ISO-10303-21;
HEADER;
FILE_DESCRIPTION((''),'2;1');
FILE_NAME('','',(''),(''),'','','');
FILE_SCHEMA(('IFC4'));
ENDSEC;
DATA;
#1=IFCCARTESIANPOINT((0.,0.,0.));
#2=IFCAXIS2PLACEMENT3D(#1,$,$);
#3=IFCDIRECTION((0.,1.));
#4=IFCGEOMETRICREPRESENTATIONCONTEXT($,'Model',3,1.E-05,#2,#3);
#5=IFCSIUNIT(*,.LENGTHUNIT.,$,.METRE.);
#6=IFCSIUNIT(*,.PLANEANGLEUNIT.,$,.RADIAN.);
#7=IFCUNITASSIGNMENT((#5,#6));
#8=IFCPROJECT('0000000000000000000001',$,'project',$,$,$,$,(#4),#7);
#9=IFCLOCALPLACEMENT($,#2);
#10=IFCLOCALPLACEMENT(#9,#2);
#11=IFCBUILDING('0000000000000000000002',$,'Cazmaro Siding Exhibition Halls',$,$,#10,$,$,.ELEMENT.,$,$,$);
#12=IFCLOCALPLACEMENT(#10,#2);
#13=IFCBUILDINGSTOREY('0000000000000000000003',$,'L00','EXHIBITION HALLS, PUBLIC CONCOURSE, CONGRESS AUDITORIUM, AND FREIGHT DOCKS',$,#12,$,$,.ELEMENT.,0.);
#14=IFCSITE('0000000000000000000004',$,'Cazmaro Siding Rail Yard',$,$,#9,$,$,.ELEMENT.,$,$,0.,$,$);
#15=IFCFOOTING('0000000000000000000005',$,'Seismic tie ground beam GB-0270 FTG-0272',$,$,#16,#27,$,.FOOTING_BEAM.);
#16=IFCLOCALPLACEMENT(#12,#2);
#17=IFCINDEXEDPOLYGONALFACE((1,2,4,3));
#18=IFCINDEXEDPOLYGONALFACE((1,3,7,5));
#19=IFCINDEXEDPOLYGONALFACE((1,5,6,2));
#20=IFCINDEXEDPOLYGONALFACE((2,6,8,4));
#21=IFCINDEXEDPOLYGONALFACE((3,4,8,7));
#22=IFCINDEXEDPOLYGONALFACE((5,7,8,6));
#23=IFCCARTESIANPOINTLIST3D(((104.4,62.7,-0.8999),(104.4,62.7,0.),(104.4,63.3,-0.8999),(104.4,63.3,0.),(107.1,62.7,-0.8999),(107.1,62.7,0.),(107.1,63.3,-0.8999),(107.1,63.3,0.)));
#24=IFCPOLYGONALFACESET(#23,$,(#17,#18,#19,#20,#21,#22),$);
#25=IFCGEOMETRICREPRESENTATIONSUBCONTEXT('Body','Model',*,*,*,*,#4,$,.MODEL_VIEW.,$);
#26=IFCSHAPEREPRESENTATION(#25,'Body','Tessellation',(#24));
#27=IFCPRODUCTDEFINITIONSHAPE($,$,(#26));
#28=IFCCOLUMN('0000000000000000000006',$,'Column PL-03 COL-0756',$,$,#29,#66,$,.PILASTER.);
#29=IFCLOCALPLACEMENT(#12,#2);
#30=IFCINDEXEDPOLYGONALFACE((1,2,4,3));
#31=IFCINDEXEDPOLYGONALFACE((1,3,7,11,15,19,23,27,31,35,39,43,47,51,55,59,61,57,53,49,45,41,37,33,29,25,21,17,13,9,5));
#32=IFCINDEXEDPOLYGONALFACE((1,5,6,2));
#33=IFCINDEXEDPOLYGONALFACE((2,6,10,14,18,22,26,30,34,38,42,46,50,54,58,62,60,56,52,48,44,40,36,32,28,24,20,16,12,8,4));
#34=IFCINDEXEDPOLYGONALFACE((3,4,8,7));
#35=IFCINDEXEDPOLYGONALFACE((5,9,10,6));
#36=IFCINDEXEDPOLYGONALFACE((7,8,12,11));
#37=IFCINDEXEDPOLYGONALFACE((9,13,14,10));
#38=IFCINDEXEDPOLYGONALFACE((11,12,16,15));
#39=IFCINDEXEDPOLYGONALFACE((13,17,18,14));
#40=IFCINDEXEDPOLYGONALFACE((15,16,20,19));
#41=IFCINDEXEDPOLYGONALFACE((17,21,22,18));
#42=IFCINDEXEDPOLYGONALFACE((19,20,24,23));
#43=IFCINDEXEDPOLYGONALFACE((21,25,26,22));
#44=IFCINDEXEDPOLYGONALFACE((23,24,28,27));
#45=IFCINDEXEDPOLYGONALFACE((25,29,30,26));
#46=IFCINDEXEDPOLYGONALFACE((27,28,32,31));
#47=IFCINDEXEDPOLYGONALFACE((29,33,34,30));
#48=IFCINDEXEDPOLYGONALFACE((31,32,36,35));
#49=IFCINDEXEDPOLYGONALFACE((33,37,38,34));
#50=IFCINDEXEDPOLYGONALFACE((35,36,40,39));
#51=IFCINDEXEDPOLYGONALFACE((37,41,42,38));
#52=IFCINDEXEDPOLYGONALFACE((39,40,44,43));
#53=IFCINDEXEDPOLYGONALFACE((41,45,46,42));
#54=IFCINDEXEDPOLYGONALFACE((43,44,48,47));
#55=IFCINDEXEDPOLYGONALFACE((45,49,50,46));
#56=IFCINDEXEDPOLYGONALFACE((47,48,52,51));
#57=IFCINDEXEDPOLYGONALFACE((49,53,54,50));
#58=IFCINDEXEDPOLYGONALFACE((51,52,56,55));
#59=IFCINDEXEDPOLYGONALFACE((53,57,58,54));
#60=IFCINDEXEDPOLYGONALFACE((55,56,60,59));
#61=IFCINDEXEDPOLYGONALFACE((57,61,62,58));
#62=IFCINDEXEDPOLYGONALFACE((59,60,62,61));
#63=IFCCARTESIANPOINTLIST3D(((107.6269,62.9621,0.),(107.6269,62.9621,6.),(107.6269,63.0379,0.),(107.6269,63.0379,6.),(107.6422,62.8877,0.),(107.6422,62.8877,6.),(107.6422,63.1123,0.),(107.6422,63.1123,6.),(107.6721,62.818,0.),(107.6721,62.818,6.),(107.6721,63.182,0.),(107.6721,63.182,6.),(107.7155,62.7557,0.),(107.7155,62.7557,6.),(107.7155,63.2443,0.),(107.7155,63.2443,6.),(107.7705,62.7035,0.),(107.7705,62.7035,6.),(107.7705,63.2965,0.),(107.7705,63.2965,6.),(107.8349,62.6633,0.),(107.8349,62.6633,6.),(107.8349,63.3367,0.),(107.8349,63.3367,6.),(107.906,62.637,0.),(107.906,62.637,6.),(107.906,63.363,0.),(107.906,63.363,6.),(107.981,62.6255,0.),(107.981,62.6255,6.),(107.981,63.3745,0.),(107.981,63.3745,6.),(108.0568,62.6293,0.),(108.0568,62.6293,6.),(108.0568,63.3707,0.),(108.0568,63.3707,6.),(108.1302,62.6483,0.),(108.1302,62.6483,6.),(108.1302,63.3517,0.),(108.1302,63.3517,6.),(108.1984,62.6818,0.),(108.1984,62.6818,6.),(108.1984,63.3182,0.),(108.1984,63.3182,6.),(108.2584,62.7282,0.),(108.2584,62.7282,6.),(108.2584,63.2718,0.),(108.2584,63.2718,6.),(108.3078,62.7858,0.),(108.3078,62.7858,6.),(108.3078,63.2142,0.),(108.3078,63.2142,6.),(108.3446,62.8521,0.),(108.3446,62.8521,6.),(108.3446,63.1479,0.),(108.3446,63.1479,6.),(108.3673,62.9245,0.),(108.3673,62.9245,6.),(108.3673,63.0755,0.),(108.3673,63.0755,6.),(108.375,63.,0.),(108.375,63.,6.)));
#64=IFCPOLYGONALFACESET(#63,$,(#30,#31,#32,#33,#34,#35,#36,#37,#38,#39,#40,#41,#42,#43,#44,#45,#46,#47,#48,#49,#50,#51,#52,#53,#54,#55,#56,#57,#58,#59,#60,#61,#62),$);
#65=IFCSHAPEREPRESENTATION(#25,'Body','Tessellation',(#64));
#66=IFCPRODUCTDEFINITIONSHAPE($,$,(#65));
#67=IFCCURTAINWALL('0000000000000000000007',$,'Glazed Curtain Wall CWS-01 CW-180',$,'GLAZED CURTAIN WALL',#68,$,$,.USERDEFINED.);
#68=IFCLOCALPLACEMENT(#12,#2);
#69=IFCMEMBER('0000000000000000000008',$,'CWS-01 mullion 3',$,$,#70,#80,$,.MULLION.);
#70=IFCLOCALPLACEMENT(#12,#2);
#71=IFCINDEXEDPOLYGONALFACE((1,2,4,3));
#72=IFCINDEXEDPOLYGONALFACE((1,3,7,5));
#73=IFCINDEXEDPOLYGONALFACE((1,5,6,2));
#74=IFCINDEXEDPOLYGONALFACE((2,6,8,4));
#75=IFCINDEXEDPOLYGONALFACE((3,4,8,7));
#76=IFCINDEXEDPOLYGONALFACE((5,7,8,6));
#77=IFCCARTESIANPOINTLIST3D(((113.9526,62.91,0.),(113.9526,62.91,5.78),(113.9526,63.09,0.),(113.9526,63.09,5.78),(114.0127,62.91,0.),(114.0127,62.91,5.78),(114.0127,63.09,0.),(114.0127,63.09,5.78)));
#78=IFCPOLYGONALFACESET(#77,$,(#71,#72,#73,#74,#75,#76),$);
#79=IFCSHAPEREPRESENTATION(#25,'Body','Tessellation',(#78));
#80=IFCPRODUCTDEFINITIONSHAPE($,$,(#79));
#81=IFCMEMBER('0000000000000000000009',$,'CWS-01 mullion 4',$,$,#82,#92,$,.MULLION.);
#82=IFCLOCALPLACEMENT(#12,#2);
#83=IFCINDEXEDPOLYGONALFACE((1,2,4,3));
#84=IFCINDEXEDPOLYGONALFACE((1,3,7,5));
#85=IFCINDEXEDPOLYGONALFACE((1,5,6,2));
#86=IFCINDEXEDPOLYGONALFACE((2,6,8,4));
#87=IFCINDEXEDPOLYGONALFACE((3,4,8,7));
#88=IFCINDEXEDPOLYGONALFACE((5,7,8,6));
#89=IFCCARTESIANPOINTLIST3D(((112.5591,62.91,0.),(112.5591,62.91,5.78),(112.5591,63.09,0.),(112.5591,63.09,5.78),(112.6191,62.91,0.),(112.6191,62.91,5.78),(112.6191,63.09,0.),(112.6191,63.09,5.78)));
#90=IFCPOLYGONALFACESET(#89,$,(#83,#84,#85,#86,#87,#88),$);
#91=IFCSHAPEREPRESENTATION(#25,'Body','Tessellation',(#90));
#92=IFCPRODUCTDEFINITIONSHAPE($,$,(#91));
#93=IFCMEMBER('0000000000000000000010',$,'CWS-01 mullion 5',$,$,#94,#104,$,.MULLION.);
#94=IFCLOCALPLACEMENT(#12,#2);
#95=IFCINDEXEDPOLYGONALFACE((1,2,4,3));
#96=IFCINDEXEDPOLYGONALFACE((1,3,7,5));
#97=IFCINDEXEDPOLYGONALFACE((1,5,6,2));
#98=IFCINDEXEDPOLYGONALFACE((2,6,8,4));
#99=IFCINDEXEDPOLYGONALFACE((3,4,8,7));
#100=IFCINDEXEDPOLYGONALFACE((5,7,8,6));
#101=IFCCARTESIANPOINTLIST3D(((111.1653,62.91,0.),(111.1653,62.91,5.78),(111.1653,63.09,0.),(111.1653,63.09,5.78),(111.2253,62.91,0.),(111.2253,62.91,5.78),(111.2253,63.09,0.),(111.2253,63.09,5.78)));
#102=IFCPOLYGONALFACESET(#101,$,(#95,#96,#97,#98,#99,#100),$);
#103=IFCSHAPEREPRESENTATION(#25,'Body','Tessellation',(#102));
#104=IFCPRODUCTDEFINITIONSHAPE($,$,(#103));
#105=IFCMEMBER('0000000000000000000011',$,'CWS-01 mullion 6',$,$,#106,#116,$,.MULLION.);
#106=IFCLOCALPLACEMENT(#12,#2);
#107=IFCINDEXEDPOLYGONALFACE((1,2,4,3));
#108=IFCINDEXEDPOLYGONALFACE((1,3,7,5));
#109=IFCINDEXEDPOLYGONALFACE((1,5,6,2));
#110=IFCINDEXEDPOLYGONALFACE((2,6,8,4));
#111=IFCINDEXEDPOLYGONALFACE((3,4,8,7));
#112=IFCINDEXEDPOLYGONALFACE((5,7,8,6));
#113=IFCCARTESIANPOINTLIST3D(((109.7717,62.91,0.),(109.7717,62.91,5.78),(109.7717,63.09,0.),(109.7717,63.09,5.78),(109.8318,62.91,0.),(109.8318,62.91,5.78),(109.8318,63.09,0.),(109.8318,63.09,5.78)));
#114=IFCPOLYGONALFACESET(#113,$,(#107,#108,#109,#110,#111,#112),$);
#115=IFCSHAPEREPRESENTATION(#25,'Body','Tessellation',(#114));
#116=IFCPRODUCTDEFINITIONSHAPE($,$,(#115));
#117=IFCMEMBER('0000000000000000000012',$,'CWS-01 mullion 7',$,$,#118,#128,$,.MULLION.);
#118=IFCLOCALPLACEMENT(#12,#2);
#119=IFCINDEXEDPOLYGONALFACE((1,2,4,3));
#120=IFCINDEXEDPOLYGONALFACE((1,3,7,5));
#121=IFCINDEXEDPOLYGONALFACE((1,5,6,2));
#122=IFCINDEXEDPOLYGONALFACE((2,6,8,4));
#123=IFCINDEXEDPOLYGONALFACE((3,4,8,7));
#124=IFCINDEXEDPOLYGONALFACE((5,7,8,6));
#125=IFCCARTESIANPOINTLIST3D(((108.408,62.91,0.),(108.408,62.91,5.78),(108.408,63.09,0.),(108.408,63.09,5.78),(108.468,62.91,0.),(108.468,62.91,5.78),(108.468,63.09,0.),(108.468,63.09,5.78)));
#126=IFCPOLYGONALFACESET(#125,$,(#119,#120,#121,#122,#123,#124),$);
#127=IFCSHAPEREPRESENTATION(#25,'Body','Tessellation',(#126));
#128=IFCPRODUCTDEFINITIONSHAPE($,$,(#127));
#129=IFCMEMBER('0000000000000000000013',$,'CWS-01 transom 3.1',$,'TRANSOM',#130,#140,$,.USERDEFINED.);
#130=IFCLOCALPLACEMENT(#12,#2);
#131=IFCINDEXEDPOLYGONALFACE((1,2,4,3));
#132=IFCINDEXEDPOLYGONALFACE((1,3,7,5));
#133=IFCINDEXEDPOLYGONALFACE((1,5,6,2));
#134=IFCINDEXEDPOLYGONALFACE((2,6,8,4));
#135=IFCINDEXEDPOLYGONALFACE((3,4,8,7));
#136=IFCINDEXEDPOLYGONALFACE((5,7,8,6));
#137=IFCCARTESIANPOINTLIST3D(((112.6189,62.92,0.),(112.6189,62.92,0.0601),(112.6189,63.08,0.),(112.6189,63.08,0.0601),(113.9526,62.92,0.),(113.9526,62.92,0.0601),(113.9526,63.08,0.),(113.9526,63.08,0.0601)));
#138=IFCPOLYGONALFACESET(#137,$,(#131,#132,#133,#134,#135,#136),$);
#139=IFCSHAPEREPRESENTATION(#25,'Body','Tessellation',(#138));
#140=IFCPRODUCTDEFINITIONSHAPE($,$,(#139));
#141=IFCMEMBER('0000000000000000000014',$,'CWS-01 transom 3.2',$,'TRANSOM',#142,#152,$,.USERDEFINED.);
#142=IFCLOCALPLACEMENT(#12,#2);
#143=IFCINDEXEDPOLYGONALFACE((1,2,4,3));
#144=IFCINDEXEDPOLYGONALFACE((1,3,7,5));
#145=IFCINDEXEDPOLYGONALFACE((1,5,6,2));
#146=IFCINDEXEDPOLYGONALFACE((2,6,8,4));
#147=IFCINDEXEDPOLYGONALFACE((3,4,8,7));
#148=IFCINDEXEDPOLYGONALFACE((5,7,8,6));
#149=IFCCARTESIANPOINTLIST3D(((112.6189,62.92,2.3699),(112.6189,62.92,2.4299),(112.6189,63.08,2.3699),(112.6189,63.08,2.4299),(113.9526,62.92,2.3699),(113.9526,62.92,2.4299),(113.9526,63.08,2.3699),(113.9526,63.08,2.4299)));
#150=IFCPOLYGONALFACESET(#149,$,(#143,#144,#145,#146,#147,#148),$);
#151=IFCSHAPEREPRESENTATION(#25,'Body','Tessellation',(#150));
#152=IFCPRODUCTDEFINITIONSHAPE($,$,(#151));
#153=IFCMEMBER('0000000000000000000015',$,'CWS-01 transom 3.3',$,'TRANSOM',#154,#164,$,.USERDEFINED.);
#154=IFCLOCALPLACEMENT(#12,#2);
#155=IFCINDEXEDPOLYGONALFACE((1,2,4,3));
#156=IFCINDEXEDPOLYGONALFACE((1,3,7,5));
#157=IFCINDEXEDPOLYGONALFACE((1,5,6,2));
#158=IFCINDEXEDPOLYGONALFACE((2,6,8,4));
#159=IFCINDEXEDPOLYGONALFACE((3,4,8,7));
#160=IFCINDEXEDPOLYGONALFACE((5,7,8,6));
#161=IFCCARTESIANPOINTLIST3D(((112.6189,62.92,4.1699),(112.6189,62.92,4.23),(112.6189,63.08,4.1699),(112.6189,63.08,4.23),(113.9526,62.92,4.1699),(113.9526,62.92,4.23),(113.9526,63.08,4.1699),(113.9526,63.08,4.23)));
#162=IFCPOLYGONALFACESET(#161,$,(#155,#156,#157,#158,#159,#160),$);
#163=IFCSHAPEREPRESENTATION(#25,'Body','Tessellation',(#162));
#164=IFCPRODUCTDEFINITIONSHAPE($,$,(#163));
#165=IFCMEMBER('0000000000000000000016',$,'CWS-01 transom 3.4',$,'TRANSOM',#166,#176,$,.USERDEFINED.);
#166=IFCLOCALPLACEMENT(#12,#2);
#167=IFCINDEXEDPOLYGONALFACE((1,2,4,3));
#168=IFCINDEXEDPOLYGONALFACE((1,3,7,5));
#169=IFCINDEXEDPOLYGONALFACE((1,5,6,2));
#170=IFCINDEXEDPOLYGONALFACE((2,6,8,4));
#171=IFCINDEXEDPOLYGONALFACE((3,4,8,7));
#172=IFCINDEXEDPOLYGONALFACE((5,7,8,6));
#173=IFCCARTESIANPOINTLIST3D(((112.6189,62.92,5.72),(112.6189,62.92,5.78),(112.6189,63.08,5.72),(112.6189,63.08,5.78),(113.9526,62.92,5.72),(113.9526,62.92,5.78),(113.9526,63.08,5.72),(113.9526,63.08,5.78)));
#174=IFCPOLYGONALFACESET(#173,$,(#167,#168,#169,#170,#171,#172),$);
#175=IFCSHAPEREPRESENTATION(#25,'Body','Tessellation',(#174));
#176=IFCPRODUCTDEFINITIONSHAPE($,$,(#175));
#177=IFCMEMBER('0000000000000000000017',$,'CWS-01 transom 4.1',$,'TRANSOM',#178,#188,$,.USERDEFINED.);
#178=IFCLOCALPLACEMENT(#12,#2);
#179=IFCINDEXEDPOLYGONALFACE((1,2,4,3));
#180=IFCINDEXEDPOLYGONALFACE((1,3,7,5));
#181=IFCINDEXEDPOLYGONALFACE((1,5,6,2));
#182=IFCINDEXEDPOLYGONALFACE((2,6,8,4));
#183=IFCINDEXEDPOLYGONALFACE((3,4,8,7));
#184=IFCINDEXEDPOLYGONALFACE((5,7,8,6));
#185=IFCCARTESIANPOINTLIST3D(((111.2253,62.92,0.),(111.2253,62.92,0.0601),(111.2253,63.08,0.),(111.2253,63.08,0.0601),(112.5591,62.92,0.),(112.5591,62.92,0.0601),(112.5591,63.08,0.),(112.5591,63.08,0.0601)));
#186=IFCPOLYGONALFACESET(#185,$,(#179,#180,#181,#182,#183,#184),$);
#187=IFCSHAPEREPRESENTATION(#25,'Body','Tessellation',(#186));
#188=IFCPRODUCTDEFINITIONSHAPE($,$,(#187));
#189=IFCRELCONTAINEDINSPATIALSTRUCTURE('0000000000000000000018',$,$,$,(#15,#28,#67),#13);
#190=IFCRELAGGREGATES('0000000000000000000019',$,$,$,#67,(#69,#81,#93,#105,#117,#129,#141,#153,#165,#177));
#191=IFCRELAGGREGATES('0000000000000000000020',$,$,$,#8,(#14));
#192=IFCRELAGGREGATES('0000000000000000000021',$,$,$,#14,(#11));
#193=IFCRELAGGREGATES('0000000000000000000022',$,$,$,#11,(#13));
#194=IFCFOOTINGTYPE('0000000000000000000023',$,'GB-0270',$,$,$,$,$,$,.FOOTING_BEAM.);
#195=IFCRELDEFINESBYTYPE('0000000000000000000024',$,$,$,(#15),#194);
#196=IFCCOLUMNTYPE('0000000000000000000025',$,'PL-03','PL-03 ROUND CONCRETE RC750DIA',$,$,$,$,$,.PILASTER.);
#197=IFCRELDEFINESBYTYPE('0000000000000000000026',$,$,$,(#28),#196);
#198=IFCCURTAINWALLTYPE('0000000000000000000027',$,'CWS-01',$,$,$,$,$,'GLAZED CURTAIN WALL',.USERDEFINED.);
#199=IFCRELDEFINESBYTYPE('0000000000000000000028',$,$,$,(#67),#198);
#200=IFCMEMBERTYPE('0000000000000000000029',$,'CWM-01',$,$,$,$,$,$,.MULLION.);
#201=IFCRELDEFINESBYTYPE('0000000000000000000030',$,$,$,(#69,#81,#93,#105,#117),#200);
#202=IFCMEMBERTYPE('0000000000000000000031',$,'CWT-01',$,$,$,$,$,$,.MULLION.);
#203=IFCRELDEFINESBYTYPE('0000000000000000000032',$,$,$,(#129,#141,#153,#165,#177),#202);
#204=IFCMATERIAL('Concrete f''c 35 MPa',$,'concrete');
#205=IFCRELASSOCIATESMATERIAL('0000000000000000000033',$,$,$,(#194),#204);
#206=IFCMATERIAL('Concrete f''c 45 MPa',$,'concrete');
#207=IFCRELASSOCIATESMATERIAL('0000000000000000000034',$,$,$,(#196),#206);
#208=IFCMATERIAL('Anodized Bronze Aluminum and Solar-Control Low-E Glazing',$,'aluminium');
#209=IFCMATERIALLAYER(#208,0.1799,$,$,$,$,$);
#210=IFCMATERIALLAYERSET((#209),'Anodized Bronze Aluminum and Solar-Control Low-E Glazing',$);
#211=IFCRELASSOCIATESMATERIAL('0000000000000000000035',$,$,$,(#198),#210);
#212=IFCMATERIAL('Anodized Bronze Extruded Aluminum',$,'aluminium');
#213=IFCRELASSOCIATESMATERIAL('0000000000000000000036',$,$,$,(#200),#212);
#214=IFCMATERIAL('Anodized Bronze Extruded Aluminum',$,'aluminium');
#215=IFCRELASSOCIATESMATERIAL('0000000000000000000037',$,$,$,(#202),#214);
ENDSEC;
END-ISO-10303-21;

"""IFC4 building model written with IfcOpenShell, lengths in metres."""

from ifc_helpers import new_model, si_unit, direction, frame, origin, origin_2d, place, context, subcontext, project, spatial, rectangle, circle, extrude, material, layer, layer_set, material_profile, profile_set, type_object, element, aggregate, save


model = new_model("IFC4")

# Units and contexts
model_context = context("Model", 3, precision=1e-05, world=origin(), true_north=direction((0.0, 1.0)))
body_context = subcontext(model_context, "Body", "Model", "MODEL_VIEW")
ifc_project = project(units=[si_unit("LENGTHUNIT", "METRE"), si_unit("PLANEANGLEUNIT", "RADIAN")], contexts=[model_context])

# Site, building, storey
site_placement = place(None, origin())
site = spatial("IfcSite", under=ifc_project, at=site_placement, Name="Cazmaro Siding Rail Yard", CompositionType="ELEMENT", RefElevation=0.0)
building_placement = place(site_placement, origin())
building = spatial("IfcBuilding", under=site, at=building_placement, Name="Cazmaro Siding Exhibition Halls", CompositionType="ELEMENT")
storey_placement = place(building_placement, origin())
storey = spatial("IfcBuildingStorey", under=building, at=storey_placement, Name="L00", Description="EXHIBITION HALLS, PUBLIC CONCOURSE, CONGRESS AUDITORIUM, AND FREIGHT DOCKS", CompositionType="ELEMENT", Elevation=0.0)

# Footing
ifc_material_1 = material(Name="Concrete f'c 35 MPa", Category="concrete")
footing_type = type_object("IfcFootingType", Name="GB-0270", PredefinedType="FOOTING_BEAM", material=ifc_material_1)
footing_placement = place(storey_placement, frame((105.75, 63.0, -0.8999), z_axis=(0.0, 0.0, 1.0), x_axis=(1.0, 0.0, 0.0)))
element("IfcFooting", 1, at=footing_placement, inside=storey, type_object=footing_type, Name="Seismic tie ground beam GB-0270 FTG-0272", PredefinedType="FOOTING_BEAM", context=body_context, shape_type="SweptSolid", body=[
    extrude(rectangle(XDim=2.7, YDim=0.6001, at=origin_2d()), origin(), (0.0, 0.0, 1.0), 0.8999),
])

# Column
ifc_material_2 = material(Name="Concrete f'c 45 MPa", Category="concrete")
ifc_material_profile_1 = material_profile(ifc_material_2, circle(Radius=0.375, at=origin_2d()), Name="RC750DIA")
ifc_profile_set_1 = profile_set([ifc_material_profile_1], Name="Concrete f'c 45 MPa")
column_type = type_object("IfcColumnType", Name="PL-03", Description="PL-03 ROUND CONCRETE RC750DIA", PredefinedType="PILASTER", material=ifc_profile_set_1)
column_placement = place(storey_placement, frame((108.0, 63.0, 0.0), z_axis=(0.0, 0.0, 1.0), x_axis=(1.0, 0.0, 0.0)))
element("IfcColumn", 2, at=column_placement, inside=storey, type_object=column_type, Name="Column PL-03 COL-0756", PredefinedType="PILASTER", context=body_context, shape_type="SweptSolid", body=[
    extrude(circle(Radius=0.375, at=origin_2d()), origin(), (0.0, 0.0, 1.0), 6.0),
])

# Curtain wall, members
ifc_material_3 = material(Name="Anodized Bronze Aluminum and Solar-Control Low-E Glazing", Category="aluminium")
ifc_layer_1 = layer(ifc_material_3, 0.1799)
ifc_layer_set_1 = layer_set([ifc_layer_1], Name="Anodized Bronze Aluminum and Solar-Control Low-E Glazing")
curtain_wall_type = type_object("IfcCurtainWallType", Name="CWS-01", ElementType="GLAZED CURTAIN WALL", PredefinedType="USERDEFINED", material=ifc_layer_set_1)
curtain_wall_placement = place(storey_placement, origin())
curtain_wall = element("IfcCurtainWall", 3, at=curtain_wall_placement, inside=storey, type_object=curtain_wall_type, Name="Glazed Curtain Wall CWS-01 CW-180", ObjectType="GLAZED CURTAIN WALL", PredefinedType="USERDEFINED")
ifc_material_4 = material(Name="Anodized Bronze Extruded Aluminum", Category="aluminium")
ifc_material_profile_2 = material_profile(ifc_material_4, rectangle(XDim=0.1799, YDim=0.0601, at=origin_2d()), Name="CWM-01")
ifc_profile_set_2 = profile_set([ifc_material_profile_2], Name="Anodized Bronze Extruded Aluminum")
member_type_1 = type_object("IfcMemberType", Name="CWM-01", PredefinedType="MULLION", material=ifc_profile_set_2)
member_1_placement = place(storey_placement, frame((113.9827, 63.0, 0.0), z_axis=(0.0, 0.0, 1.0), x_axis=(0.0, -1.0, 0.0)))
member_1 = element("IfcMember", 4, at=member_1_placement, type_object=member_type_1, Name="CWS-01 mullion 3", PredefinedType="MULLION", context=body_context, shape_type="SweptSolid", body=[
    extrude(rectangle(XDim=0.1799, YDim=0.0601, at=origin_2d()), origin(), (0.0, 0.0, 1.0), 5.78),
])
member_2_placement = place(storey_placement, frame((112.5891, 63.0, 0.0), z_axis=(0.0, 0.0, 1.0), x_axis=(0.0, -1.0, 0.0)))
member_2 = element("IfcMember", 5, at=member_2_placement, type_object=member_type_1, Name="CWS-01 mullion 4", PredefinedType="MULLION", context=body_context, shape_type="SweptSolid", body=[
    extrude(rectangle(XDim=0.1799, YDim=0.0601, at=origin_2d()), origin(), (0.0, 0.0, 1.0), 5.78),
])
member_3_placement = place(storey_placement, frame((111.1953, 63.0, 0.0), z_axis=(0.0, 0.0, 1.0), x_axis=(0.0, -1.0, 0.0)))
member_3 = element("IfcMember", 6, at=member_3_placement, type_object=member_type_1, Name="CWS-01 mullion 5", PredefinedType="MULLION", context=body_context, shape_type="SweptSolid", body=[
    extrude(rectangle(XDim=0.1799, YDim=0.0601, at=origin_2d()), origin(), (0.0, 0.0, 1.0), 5.78),
])
member_4_placement = place(storey_placement, frame((109.8018, 63.0, 0.0), z_axis=(0.0, 0.0, 1.0), x_axis=(0.0, -1.0, 0.0)))
member_4 = element("IfcMember", 7, at=member_4_placement, type_object=member_type_1, Name="CWS-01 mullion 6", PredefinedType="MULLION", context=body_context, shape_type="SweptSolid", body=[
    extrude(rectangle(XDim=0.1799, YDim=0.0601, at=origin_2d()), origin(), (0.0, 0.0, 1.0), 5.78),
])
member_5_placement = place(storey_placement, frame((108.438, 63.0, 0.0), z_axis=(0.0, 0.0, 1.0), x_axis=(0.0, -1.0, 0.0)))
member_5 = element("IfcMember", 8, at=member_5_placement, type_object=member_type_1, Name="CWS-01 mullion 7", PredefinedType="MULLION", context=body_context, shape_type="SweptSolid", body=[
    extrude(rectangle(XDim=0.1799, YDim=0.0601, at=origin_2d()), origin(), (0.0, 0.0, 1.0), 5.78),
])
ifc_material_5 = material(Name="Anodized Bronze Extruded Aluminum", Category="aluminium")
ifc_material_profile_3 = material_profile(ifc_material_5, rectangle(XDim=0.1599, YDim=0.0601, at=origin_2d()), Name="CWT-01")
ifc_profile_set_3 = profile_set([ifc_material_profile_3], Name="Anodized Bronze Extruded Aluminum")
member_type_2 = type_object("IfcMemberType", Name="CWT-01", PredefinedType="MULLION", material=ifc_profile_set_3)
member_6_placement = place(storey_placement, frame((113.9526, 63.0, 0.03), z_axis=(-1.0, 0.0, 0.0), x_axis=(0.0, -1.0, 0.0)))
member_6 = element("IfcMember", 9, at=member_6_placement, type_object=member_type_2, Name="CWS-01 transom 3.1", ObjectType="TRANSOM", PredefinedType="USERDEFINED", context=body_context, shape_type="SweptSolid", body=[
    extrude(rectangle(XDim=0.1599, YDim=0.0601, at=origin_2d()), origin(), (0.0, 0.0, 1.0), 1.3337),
])
member_7_placement = place(storey_placement, frame((113.9526, 63.0, 2.3999), z_axis=(-1.0, 0.0, 0.0), x_axis=(0.0, -1.0, 0.0)))
member_7 = element("IfcMember", 10, at=member_7_placement, type_object=member_type_2, Name="CWS-01 transom 3.2", ObjectType="TRANSOM", PredefinedType="USERDEFINED", context=body_context, shape_type="SweptSolid", body=[
    extrude(rectangle(XDim=0.1599, YDim=0.0601, at=origin_2d()), origin(), (0.0, 0.0, 1.0), 1.3337),
])
member_8_placement = place(storey_placement, frame((113.9526, 63.0, 4.2), z_axis=(-1.0, 0.0, 0.0), x_axis=(0.0, -1.0, 0.0)))
member_8 = element("IfcMember", 11, at=member_8_placement, type_object=member_type_2, Name="CWS-01 transom 3.3", ObjectType="TRANSOM", PredefinedType="USERDEFINED", context=body_context, shape_type="SweptSolid", body=[
    extrude(rectangle(XDim=0.1599, YDim=0.0601, at=origin_2d()), origin(), (0.0, 0.0, 1.0), 1.3337),
])
member_9_placement = place(storey_placement, frame((113.9526, 63.0, 5.75), z_axis=(-1.0, 0.0, 0.0), x_axis=(0.0, -1.0, 0.0)))
member_9 = element("IfcMember", 12, at=member_9_placement, type_object=member_type_2, Name="CWS-01 transom 3.4", ObjectType="TRANSOM", PredefinedType="USERDEFINED", context=body_context, shape_type="SweptSolid", body=[
    extrude(rectangle(XDim=0.1599, YDim=0.0601, at=origin_2d()), origin(), (0.0, 0.0, 1.0), 1.3337),
])
member_10_placement = place(storey_placement, frame((112.5591, 63.0, 0.03), z_axis=(-1.0, 0.0, 0.0), x_axis=(0.0, -1.0, 0.0)))
member_10 = element("IfcMember", 13, at=member_10_placement, type_object=member_type_2, Name="CWS-01 transom 4.1", ObjectType="TRANSOM", PredefinedType="USERDEFINED", context=body_context, shape_type="SweptSolid", body=[
    extrude(rectangle(XDim=0.1599, YDim=0.0601, at=origin_2d()), origin(), (0.0, 0.0, 1.0), 1.3337),
])
aggregate(curtain_wall, [member_1, member_2, member_3, member_4, member_5, member_6, member_7, member_8, member_9, member_10])

save(model, "model.ifc")
